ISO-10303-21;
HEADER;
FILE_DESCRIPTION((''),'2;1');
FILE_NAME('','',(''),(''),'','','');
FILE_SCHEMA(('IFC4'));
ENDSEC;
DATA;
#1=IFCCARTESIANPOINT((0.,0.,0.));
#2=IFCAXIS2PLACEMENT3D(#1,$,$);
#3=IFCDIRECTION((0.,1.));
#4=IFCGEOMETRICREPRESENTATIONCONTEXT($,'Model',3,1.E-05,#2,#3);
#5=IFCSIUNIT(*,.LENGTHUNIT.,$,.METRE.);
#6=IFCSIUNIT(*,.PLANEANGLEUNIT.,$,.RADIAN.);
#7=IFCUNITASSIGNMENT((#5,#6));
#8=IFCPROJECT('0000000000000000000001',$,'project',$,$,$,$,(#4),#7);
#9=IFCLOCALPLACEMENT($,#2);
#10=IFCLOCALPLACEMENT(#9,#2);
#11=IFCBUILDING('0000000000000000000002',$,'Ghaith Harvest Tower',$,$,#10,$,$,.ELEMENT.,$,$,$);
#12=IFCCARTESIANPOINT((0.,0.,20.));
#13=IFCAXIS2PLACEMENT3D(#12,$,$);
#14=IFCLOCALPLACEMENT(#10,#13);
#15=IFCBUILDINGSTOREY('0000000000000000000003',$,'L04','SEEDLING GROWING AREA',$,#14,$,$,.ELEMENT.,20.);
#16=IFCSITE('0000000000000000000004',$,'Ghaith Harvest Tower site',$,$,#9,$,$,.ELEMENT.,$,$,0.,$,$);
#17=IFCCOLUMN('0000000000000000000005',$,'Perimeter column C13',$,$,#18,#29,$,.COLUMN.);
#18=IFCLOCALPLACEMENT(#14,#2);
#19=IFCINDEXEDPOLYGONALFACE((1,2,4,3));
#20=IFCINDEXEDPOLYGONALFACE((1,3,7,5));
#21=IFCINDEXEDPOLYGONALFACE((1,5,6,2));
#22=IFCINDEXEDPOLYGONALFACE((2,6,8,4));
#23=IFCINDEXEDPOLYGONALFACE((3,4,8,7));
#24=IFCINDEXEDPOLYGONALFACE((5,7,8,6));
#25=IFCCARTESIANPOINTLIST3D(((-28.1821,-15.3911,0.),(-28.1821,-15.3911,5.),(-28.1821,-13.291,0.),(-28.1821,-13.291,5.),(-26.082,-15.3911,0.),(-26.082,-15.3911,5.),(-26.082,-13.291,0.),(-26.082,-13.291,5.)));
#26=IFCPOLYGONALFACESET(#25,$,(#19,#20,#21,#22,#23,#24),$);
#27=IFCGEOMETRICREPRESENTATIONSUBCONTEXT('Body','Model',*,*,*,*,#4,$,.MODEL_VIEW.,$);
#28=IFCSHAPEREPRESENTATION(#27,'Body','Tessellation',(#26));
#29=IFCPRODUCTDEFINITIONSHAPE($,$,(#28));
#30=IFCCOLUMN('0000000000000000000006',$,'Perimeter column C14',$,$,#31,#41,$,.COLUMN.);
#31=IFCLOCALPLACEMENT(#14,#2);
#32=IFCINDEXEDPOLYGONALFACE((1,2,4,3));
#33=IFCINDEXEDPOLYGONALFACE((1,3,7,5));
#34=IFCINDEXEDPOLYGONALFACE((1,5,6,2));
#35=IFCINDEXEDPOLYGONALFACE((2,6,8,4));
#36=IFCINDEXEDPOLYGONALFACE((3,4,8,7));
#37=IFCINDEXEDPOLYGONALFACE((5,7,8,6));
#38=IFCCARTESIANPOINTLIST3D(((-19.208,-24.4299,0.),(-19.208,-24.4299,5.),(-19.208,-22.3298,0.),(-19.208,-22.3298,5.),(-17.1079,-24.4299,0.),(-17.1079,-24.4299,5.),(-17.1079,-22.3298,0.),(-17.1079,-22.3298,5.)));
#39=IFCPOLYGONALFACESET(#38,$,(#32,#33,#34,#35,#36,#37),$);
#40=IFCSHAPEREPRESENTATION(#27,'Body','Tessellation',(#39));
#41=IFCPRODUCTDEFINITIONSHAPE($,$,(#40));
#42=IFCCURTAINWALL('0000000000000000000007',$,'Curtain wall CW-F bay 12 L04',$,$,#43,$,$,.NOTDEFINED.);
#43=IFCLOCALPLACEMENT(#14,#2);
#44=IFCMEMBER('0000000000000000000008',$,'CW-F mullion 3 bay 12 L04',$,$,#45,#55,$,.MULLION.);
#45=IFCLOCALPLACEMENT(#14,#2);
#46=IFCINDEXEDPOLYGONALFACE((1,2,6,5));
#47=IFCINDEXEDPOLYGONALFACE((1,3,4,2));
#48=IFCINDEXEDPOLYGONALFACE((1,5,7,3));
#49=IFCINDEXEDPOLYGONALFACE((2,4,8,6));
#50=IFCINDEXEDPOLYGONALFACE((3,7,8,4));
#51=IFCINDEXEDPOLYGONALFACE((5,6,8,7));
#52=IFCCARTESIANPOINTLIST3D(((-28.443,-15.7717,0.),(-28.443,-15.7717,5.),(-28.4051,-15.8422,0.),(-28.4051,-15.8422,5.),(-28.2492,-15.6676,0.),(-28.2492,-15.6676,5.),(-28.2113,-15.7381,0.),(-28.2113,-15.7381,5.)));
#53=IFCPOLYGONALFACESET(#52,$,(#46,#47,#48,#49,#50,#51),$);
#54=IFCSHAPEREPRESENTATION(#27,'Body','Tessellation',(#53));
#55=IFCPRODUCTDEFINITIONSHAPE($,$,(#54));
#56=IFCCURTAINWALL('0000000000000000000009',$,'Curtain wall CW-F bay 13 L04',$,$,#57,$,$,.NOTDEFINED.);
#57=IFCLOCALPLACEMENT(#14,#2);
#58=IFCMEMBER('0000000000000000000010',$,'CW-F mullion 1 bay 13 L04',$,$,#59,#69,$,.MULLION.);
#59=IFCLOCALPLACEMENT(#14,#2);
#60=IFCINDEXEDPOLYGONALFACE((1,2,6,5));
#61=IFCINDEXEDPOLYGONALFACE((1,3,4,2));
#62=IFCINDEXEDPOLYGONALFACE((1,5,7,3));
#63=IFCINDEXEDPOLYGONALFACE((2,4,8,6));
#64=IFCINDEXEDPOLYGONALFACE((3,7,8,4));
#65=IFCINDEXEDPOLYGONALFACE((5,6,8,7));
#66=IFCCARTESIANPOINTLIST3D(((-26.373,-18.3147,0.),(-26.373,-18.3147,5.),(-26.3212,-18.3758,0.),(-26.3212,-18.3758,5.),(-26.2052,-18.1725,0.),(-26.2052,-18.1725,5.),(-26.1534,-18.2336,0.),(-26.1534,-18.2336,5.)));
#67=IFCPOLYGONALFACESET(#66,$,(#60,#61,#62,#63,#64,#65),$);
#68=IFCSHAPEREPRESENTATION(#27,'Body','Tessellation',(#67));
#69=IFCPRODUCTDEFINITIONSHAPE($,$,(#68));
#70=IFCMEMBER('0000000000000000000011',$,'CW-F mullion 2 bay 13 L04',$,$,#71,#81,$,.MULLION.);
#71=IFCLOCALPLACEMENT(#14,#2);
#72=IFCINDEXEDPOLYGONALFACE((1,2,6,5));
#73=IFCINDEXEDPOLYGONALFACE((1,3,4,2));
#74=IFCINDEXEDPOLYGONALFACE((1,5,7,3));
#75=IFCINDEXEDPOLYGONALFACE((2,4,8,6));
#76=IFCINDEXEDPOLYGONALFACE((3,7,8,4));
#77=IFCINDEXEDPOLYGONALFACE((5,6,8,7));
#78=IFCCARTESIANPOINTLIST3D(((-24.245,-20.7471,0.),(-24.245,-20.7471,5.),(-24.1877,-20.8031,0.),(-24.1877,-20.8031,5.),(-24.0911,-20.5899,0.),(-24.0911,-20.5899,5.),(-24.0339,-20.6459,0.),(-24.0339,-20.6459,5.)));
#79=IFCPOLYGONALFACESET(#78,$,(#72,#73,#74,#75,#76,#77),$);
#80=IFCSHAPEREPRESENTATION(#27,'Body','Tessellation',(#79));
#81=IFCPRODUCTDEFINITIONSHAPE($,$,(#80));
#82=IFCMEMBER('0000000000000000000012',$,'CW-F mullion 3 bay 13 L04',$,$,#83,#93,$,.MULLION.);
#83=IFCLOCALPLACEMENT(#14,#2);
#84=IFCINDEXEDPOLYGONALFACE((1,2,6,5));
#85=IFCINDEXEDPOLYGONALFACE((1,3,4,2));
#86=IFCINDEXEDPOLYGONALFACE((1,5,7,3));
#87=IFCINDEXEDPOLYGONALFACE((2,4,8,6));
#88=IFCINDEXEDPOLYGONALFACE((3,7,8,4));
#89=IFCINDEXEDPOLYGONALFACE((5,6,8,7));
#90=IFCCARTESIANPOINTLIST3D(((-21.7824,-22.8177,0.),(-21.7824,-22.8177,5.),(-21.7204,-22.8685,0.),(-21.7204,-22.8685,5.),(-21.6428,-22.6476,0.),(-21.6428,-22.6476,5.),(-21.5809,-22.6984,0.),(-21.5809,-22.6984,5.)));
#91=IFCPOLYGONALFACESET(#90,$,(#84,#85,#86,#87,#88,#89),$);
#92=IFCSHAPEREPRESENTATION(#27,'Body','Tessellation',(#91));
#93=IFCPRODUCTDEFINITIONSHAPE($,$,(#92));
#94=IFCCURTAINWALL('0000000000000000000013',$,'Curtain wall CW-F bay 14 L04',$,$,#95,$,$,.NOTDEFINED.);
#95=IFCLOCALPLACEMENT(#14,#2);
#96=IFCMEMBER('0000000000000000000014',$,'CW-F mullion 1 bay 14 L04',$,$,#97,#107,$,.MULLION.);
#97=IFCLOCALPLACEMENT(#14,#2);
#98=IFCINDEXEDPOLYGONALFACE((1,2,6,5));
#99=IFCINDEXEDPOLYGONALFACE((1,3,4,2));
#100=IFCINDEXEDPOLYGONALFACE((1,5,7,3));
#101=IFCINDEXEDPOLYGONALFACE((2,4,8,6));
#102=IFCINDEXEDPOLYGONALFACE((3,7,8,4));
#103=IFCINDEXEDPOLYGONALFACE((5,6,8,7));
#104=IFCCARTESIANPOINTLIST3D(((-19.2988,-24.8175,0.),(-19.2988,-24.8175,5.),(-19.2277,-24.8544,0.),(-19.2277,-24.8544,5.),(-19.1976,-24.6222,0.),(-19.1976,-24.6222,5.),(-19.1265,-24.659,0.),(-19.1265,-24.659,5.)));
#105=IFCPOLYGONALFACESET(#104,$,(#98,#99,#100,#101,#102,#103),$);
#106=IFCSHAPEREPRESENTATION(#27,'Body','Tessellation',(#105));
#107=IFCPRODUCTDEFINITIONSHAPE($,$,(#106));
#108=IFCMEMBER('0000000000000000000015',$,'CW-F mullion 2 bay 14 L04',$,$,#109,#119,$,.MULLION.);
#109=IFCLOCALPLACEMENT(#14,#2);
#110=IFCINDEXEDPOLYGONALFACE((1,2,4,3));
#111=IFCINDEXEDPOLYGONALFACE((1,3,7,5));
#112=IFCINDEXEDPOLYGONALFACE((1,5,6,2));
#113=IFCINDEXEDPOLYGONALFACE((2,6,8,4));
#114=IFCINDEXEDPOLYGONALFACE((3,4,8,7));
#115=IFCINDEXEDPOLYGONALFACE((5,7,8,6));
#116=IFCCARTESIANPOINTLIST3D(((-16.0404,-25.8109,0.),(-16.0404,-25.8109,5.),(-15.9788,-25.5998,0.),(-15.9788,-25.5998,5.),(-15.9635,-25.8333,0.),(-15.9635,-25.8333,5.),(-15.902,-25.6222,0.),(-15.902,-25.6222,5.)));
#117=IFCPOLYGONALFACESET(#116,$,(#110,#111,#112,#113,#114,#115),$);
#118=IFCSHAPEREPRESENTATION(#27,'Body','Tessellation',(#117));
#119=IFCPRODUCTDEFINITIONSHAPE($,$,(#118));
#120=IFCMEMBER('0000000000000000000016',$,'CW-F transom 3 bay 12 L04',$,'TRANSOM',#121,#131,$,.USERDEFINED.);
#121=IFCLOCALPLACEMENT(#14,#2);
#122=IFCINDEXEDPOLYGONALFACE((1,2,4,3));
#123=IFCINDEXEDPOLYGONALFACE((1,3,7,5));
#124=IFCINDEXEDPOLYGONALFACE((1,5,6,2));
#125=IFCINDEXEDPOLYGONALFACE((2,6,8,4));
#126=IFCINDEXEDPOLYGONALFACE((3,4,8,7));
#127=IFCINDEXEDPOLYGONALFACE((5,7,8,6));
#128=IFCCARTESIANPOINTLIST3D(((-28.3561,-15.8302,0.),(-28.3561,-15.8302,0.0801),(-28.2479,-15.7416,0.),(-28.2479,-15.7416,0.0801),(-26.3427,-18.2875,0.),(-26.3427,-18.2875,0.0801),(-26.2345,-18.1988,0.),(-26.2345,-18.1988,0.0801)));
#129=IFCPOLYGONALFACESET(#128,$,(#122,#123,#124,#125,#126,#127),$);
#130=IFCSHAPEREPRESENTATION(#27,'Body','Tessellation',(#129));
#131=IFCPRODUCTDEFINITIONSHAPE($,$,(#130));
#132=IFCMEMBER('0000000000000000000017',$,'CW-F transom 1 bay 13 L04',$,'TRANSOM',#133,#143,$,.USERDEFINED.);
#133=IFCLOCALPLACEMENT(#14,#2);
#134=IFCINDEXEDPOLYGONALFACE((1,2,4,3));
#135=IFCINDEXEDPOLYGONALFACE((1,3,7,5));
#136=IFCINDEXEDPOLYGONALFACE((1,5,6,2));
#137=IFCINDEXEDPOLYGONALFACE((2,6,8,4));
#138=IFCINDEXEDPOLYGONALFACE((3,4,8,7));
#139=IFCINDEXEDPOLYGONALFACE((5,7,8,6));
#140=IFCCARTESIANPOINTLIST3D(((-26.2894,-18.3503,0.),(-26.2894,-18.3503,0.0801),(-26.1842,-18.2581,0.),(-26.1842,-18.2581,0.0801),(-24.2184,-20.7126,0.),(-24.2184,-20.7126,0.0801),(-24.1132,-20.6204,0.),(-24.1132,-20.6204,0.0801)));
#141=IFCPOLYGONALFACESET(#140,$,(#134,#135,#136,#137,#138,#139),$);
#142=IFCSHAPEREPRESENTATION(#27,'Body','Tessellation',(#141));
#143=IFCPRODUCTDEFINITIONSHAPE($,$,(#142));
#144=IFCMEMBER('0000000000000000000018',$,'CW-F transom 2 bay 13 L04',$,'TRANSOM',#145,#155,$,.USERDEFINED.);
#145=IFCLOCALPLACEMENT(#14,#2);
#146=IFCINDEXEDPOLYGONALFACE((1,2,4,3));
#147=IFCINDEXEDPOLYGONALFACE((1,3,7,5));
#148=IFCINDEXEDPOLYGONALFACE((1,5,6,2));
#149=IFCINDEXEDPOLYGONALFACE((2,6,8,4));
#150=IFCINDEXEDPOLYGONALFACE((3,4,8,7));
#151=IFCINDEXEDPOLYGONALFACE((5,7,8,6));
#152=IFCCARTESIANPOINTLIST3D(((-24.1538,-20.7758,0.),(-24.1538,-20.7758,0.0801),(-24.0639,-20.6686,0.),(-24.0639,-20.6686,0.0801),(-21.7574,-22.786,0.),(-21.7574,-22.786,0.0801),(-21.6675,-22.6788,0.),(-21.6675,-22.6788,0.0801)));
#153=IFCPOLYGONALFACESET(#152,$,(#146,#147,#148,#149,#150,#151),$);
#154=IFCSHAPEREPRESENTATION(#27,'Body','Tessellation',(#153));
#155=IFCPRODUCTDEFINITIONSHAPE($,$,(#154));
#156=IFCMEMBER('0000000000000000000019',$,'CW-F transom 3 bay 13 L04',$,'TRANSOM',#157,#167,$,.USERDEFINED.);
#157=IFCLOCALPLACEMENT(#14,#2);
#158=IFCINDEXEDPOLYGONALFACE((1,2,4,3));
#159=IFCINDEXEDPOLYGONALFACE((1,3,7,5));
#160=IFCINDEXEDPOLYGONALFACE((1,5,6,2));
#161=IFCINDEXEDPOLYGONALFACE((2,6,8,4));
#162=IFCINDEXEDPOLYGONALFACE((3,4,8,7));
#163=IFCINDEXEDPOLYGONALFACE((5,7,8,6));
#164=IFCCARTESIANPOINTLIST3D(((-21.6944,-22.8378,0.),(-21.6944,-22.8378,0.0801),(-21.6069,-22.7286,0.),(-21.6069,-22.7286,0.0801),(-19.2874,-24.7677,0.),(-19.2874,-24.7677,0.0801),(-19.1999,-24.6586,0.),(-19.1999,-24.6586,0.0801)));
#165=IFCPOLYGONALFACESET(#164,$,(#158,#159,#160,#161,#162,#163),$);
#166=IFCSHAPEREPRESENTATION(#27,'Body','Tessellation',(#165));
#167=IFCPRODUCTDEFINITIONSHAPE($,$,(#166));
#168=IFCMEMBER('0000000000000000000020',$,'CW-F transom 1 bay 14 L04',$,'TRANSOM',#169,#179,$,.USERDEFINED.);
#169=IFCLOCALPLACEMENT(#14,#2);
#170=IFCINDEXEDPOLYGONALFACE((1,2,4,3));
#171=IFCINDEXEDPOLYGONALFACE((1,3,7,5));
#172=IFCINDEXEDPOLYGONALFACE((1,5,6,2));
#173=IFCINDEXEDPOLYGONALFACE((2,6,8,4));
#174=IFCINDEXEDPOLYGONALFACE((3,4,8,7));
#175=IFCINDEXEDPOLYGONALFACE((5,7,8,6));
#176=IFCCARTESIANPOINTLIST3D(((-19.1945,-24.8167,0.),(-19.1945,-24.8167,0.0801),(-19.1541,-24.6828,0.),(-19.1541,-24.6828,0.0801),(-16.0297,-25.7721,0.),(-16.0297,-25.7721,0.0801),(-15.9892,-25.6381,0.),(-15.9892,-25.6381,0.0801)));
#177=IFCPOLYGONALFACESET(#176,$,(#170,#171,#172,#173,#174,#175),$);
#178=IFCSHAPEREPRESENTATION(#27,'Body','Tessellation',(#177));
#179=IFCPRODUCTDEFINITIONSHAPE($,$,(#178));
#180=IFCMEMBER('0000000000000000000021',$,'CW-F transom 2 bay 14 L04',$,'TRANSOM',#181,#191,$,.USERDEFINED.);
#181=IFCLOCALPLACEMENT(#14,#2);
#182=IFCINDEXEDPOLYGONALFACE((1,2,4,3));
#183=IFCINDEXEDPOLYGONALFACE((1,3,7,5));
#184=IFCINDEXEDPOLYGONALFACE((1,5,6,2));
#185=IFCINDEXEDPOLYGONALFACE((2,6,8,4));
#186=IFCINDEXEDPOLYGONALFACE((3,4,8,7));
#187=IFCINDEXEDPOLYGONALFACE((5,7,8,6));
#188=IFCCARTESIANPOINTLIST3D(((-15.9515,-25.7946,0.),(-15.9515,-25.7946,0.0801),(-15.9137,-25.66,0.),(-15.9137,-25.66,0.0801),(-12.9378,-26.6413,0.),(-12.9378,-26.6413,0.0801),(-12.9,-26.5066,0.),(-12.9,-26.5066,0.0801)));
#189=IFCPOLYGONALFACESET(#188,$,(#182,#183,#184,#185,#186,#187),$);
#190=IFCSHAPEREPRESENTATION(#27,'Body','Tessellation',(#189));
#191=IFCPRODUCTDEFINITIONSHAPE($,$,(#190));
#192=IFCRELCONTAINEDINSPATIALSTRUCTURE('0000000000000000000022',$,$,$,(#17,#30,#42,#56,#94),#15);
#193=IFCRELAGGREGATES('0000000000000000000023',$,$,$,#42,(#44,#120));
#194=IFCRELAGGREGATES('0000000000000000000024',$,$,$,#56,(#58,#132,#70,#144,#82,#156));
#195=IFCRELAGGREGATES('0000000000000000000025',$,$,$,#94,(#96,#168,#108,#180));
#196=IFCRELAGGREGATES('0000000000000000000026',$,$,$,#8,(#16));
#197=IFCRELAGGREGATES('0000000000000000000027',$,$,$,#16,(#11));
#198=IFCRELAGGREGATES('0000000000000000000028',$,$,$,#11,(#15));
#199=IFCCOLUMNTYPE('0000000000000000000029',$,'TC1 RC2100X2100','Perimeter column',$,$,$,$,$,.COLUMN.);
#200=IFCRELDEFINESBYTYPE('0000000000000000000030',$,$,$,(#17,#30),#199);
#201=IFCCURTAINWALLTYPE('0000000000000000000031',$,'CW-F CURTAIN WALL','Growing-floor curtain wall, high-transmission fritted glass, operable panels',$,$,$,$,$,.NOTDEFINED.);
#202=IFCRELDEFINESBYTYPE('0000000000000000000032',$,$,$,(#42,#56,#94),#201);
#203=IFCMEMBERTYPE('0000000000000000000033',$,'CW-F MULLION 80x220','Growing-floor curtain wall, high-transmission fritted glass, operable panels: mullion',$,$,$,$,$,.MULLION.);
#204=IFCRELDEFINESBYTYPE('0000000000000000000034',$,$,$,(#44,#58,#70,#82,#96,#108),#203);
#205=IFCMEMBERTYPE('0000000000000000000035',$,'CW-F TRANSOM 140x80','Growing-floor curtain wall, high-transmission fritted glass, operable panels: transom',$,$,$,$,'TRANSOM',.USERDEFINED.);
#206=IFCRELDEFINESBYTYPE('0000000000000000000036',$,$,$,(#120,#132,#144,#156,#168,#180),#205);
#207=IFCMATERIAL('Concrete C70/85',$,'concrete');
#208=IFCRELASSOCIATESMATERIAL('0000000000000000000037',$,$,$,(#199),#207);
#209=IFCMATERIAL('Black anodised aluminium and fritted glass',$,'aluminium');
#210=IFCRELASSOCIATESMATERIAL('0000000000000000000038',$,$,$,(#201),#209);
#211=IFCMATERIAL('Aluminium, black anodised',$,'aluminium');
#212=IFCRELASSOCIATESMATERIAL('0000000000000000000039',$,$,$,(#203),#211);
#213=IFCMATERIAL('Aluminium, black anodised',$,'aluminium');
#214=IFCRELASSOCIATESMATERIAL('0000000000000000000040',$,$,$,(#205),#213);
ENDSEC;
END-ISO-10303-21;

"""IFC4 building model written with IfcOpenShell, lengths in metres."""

from ifc_helpers import new_model, si_unit, direction, frame, origin, origin_2d, place, context, subcontext, project, spatial, rectangle, extrude, material, material_profile, profile_set, type_object, element, aggregate, save


model = new_model("IFC4")

# Units and contexts
model_context = context("Model", 3, precision=1e-05, world=origin(), true_north=direction((0.0, 1.0)))
body_context = subcontext(model_context, "Body", "Model", "MODEL_VIEW")
ifc_project = project(units=[si_unit("LENGTHUNIT", "METRE"), si_unit("PLANEANGLEUNIT", "RADIAN")], contexts=[model_context])

# Site, building, storey
site_placement = place(None, origin())
site = spatial("IfcSite", under=ifc_project, at=site_placement, Name="Ghaith Harvest Tower site", CompositionType="ELEMENT", RefElevation=0.0)
building_placement = place(site_placement, origin())
building = spatial("IfcBuilding", under=site, at=building_placement, Name="Ghaith Harvest Tower", CompositionType="ELEMENT")
storey_placement = place(building_placement, frame((0.0, 0.0, 20.0)))
storey = spatial("IfcBuildingStorey", under=building, at=storey_placement, Name="L04", Description="SEEDLING GROWING AREA", CompositionType="ELEMENT", Elevation=20.0)

# Columns
ifc_material_1 = material(Name="Concrete C70/85", Category="concrete")
ifc_material_profile_1 = material_profile(ifc_material_1, rectangle(XDim=2.1001, YDim=2.1001, at=origin_2d()), Name="RC2100X2100")
ifc_profile_set_1 = profile_set([ifc_material_profile_1], Name="Concrete C70/85")
column_type = type_object("IfcColumnType", Name="TC1 RC2100X2100", Description="Perimeter column", PredefinedType="COLUMN", material=ifc_profile_set_1)
for number, where, z_axis, x_axis, name in (
    (1, (-27.1321, -14.3411, 0.0), (0.0, 0.0, 1.0), (1.0, 0.0, 0.0), "Perimeter column C13"),
    (2, (-18.158, -23.3799, 0.0), (0.0, 0.0, 1.0), (1.0, 0.0, 0.0), "Perimeter column C14"),
):
    element("IfcColumn", number, at=place(storey_placement, frame(where, z_axis=z_axis, x_axis=x_axis)), inside=storey, type_object=column_type, Name=name, PredefinedType="COLUMN", context=body_context, shape_type="SweptSolid", body=[
        extrude(rectangle(XDim=2.1001, YDim=2.1001, at=origin_2d()), origin(), (0.0, 0.0, 1.0), 5.0),
    ])

# Curtain wall, member
ifc_material_2 = material(Name="Black anodised aluminium and fritted glass", Category="aluminium")
curtain_wall_type = type_object("IfcCurtainWallType", Name="CW-F CURTAIN WALL", Description="Growing-floor curtain wall, high-transmission fritted glass, operable panels", PredefinedType="NOTDEFINED", material=ifc_material_2)
curtain_wall_1_placement = place(storey_placement, origin())
curtain_wall_1 = element("IfcCurtainWall", 3, at=curtain_wall_1_placement, inside=storey, type_object=curtain_wall_type, Name="Curtain wall CW-F bay 12 L04", PredefinedType="NOTDEFINED")
ifc_material_3 = material(Name="Aluminium, black anodised", Category="aluminium")
ifc_material_profile_2 = material_profile(ifc_material_3, rectangle(XDim=0.0801, YDim=0.22, at=origin_2d()), Name="CW-F MULLION 80x220")
ifc_profile_set_2 = profile_set([ifc_material_profile_2], Name="Aluminium, black anodised")
member_type_1 = type_object("IfcMemberType", Name="CW-F MULLION 80x220", Description="Growing-floor curtain wall, high-transmission fritted glass, operable panels: mullion", PredefinedType="MULLION", material=ifc_profile_set_2)
member_1_placement = place(storey_placement, frame((-28.3271, -15.7549, 0.0), z_axis=(0.0, 0.0, 1.0), x_axis=(0.473265, -0.88092, 0.0)))
member_1 = element("IfcMember", 4, at=member_1_placement, type_object=member_type_1, Name="CW-F mullion 3 bay 12 L04", PredefinedType="MULLION", context=body_context, shape_type="SweptSolid", body=[
    extrude(rectangle(XDim=0.0801, YDim=0.22, at=origin_2d()), origin(), (0.0, 0.0, 1.0), 5.0),
])

# Curtain walls, members
curtain_wall_2_placement = place(storey_placement, origin())
curtain_wall_2 = element("IfcCurtainWall", 5, at=curtain_wall_2_placement, inside=storey, type_object=curtain_wall_type, Name="Curtain wall CW-F bay 13 L04", PredefinedType="NOTDEFINED")
member_2_placement = place(storey_placement, frame((-26.2632, -18.2742, 0.0), z_axis=(0.0, 0.0, 1.0), x_axis=(0.646524, -0.762894, 0.0)))
member_2 = element("IfcMember", 6, at=member_2_placement, type_object=member_type_1, Name="CW-F mullion 1 bay 13 L04", PredefinedType="MULLION", context=body_context, shape_type="SweptSolid", body=[
    extrude(rectangle(XDim=0.0801, YDim=0.22, at=origin_2d()), origin(), (0.0, 0.0, 1.0), 5.0),
])
member_3_placement = place(storey_placement, frame((-24.1394, -20.6965, 0.0), z_axis=(0.0, 0.0, 1.0), x_axis=(0.714663, -0.699469, 0.0)))
member_3 = element("IfcMember", 7, at=member_3_placement, type_object=member_type_1, Name="CW-F mullion 2 bay 13 L04", PredefinedType="MULLION", context=body_context, shape_type="SweptSolid", body=[
    extrude(rectangle(XDim=0.0801, YDim=0.22, at=origin_2d()), origin(), (0.0, 0.0, 1.0), 5.0),
])
member_4_placement = place(storey_placement, frame((-21.6816, -22.7581, 0.0), z_axis=(0.0, 0.0, 1.0), x_axis=(0.773139, -0.634237, 0.0)))
member_4 = element("IfcMember", 8, at=member_4_placement, type_object=member_type_1, Name="CW-F mullion 3 bay 13 L04", PredefinedType="MULLION", context=body_context, shape_type="SweptSolid", body=[
    extrude(rectangle(XDim=0.0801, YDim=0.22, at=origin_2d()), origin(), (0.0, 0.0, 1.0), 5.0),
])
curtain_wall_3_placement = place(storey_placement, origin())
curtain_wall_3 = element("IfcCurtainWall", 9, at=curtain_wall_3_placement, inside=storey, type_object=curtain_wall_type, Name="Curtain wall CW-F bay 14 L04", PredefinedType="NOTDEFINED")
member_5_placement = place(storey_placement, frame((-19.2126, -24.7383, 0.0), z_axis=(0.0, 0.0, 1.0), x_axis=(0.887912, -0.460013, 0.0)))
member_5 = element("IfcMember", 10, at=member_5_placement, type_object=member_type_1, Name="CW-F mullion 1 bay 14 L04", PredefinedType="MULLION", context=body_context, shape_type="SweptSolid", body=[
    extrude(rectangle(XDim=0.0801, YDim=0.22, at=origin_2d()), origin(), (0.0, 0.0, 1.0), 5.0),
])
member_6_placement = place(storey_placement, frame((-15.9712, -25.7166, 0.0), z_axis=(0.0, 0.0, 1.0), x_axis=(0.960009, -0.27997, 0.0)))
member_6 = element("IfcMember", 11, at=member_6_placement, type_object=member_type_1, Name="CW-F mullion 2 bay 14 L04", PredefinedType="MULLION", context=body_context, shape_type="SweptSolid", body=[
    extrude(rectangle(XDim=0.0801, YDim=0.22, at=origin_2d()), origin(), (0.0, 0.0, 1.0), 5.0),
])

# Members
ifc_material_4 = material(Name="Aluminium, black anodised", Category="aluminium")
ifc_material_profile_3 = material_profile(ifc_material_4, rectangle(XDim=0.1399, YDim=0.0801, at=origin_2d()), Name="CW-F TRANSOM 140x80")
ifc_profile_set_3 = profile_set([ifc_material_profile_3], Name="Aluminium, black anodised")
member_type_2 = type_object("IfcMemberType", Name="CW-F TRANSOM 140x80", Description="Growing-floor curtain wall, high-transmission fritted glass, operable panels: transom", ElementType="TRANSOM", PredefinedType="USERDEFINED", material=ifc_profile_set_3)
member_7_placement = place(storey_placement, frame((-28.302, -15.7859, 0.04), z_axis=(0.63379, -0.773505, 0.0), x_axis=(0.773505, 0.63379, 0.0)))
member_7 = element("IfcMember", 12, at=member_7_placement, type_object=member_type_2, Name="CW-F transom 3 bay 12 L04", ObjectType="TRANSOM", PredefinedType="USERDEFINED", context=body_context, shape_type="SweptSolid", body=[
    extrude(rectangle(XDim=0.1399, YDim=0.0801, at=origin_2d()), origin(), (0.0, 0.0, 1.0), 3.1768),
])
member_8_placement = place(storey_placement, frame((-26.2368, -18.3042, 0.04), z_axis=(0.659231, -0.751941, 0.0), x_axis=(0.751941, 0.659231, 0.0)))
member_8 = element("IfcMember", 13, at=member_8_placement, type_object=member_type_2, Name="CW-F transom 1 bay 13 L04", ObjectType="TRANSOM", PredefinedType="USERDEFINED", context=body_context, shape_type="SweptSolid", body=[
    extrude(rectangle(XDim=0.1399, YDim=0.0801, at=origin_2d()), origin(), (0.0, 0.0, 1.0), 3.1416),
])
member_9_placement = place(storey_placement, frame((-24.1089, -20.7222, 0.04), z_axis=(0.766144, -0.642668, 0.0), x_axis=(0.642668, 0.766144, 0.0)))
member_9 = element("IfcMember", 14, at=member_9_placement, type_object=member_type_2, Name="CW-F transom 2 bay 13 L04", ObjectType="TRANSOM", PredefinedType="USERDEFINED", context=body_context, shape_type="SweptSolid", body=[
    extrude(rectangle(XDim=0.1399, YDim=0.0801, at=origin_2d()), origin(), (0.0, 0.0, 1.0), 3.1279),
])
member_10_placement = place(storey_placement, frame((-21.6506, -22.7832, 0.04), z_axis=(0.780181, -0.625554, 0.0), x_axis=(0.625554, 0.780181, 0.0)))
member_10 = element("IfcMember", 15, at=member_10_placement, type_object=member_type_2, Name="CW-F transom 3 bay 13 L04", ObjectType="TRANSOM", PredefinedType="USERDEFINED", context=body_context, shape_type="SweptSolid", body=[
    extrude(rectangle(XDim=0.1399, YDim=0.0801, at=origin_2d()), origin(), (0.0, 0.0, 1.0), 3.0852),
])
member_11_placement = place(storey_placement, frame((-19.1743, -24.7498, 0.04), z_axis=(0.957335, -0.28898, 0.0), x_axis=(0.28898, 0.957335, 0.0)))
member_11 = element("IfcMember", 16, at=member_11_placement, type_object=member_type_2, Name="CW-F transom 1 bay 14 L04", ObjectType="TRANSOM", PredefinedType="USERDEFINED", context=body_context, shape_type="SweptSolid", body=[
    extrude(rectangle(XDim=0.1399, YDim=0.0801, at=origin_2d()), origin(), (0.0, 0.0, 1.0), 3.3059),
])
member_12_placement = place(storey_placement, frame((-15.9326, -25.7273, 0.04), z_axis=(0.962727, -0.270475, 0.0), x_axis=(0.270475, 0.962727, 0.0)))
member_12 = element("IfcMember", 17, at=member_12_placement, type_object=member_type_2, Name="CW-F transom 2 bay 14 L04", ObjectType="TRANSOM", PredefinedType="USERDEFINED", context=body_context, shape_type="SweptSolid", body=[
    extrude(rectangle(XDim=0.1399, YDim=0.0801, at=origin_2d()), origin(), (0.0, 0.0, 1.0), 3.1304),
])

aggregate(curtain_wall_1, [member_1, member_7])
aggregate(curtain_wall_2, [member_2, member_8, member_3, member_9, member_4, member_10])
aggregate(curtain_wall_3, [member_5, member_11, member_6, member_12])

save(model, "model.ifc")
